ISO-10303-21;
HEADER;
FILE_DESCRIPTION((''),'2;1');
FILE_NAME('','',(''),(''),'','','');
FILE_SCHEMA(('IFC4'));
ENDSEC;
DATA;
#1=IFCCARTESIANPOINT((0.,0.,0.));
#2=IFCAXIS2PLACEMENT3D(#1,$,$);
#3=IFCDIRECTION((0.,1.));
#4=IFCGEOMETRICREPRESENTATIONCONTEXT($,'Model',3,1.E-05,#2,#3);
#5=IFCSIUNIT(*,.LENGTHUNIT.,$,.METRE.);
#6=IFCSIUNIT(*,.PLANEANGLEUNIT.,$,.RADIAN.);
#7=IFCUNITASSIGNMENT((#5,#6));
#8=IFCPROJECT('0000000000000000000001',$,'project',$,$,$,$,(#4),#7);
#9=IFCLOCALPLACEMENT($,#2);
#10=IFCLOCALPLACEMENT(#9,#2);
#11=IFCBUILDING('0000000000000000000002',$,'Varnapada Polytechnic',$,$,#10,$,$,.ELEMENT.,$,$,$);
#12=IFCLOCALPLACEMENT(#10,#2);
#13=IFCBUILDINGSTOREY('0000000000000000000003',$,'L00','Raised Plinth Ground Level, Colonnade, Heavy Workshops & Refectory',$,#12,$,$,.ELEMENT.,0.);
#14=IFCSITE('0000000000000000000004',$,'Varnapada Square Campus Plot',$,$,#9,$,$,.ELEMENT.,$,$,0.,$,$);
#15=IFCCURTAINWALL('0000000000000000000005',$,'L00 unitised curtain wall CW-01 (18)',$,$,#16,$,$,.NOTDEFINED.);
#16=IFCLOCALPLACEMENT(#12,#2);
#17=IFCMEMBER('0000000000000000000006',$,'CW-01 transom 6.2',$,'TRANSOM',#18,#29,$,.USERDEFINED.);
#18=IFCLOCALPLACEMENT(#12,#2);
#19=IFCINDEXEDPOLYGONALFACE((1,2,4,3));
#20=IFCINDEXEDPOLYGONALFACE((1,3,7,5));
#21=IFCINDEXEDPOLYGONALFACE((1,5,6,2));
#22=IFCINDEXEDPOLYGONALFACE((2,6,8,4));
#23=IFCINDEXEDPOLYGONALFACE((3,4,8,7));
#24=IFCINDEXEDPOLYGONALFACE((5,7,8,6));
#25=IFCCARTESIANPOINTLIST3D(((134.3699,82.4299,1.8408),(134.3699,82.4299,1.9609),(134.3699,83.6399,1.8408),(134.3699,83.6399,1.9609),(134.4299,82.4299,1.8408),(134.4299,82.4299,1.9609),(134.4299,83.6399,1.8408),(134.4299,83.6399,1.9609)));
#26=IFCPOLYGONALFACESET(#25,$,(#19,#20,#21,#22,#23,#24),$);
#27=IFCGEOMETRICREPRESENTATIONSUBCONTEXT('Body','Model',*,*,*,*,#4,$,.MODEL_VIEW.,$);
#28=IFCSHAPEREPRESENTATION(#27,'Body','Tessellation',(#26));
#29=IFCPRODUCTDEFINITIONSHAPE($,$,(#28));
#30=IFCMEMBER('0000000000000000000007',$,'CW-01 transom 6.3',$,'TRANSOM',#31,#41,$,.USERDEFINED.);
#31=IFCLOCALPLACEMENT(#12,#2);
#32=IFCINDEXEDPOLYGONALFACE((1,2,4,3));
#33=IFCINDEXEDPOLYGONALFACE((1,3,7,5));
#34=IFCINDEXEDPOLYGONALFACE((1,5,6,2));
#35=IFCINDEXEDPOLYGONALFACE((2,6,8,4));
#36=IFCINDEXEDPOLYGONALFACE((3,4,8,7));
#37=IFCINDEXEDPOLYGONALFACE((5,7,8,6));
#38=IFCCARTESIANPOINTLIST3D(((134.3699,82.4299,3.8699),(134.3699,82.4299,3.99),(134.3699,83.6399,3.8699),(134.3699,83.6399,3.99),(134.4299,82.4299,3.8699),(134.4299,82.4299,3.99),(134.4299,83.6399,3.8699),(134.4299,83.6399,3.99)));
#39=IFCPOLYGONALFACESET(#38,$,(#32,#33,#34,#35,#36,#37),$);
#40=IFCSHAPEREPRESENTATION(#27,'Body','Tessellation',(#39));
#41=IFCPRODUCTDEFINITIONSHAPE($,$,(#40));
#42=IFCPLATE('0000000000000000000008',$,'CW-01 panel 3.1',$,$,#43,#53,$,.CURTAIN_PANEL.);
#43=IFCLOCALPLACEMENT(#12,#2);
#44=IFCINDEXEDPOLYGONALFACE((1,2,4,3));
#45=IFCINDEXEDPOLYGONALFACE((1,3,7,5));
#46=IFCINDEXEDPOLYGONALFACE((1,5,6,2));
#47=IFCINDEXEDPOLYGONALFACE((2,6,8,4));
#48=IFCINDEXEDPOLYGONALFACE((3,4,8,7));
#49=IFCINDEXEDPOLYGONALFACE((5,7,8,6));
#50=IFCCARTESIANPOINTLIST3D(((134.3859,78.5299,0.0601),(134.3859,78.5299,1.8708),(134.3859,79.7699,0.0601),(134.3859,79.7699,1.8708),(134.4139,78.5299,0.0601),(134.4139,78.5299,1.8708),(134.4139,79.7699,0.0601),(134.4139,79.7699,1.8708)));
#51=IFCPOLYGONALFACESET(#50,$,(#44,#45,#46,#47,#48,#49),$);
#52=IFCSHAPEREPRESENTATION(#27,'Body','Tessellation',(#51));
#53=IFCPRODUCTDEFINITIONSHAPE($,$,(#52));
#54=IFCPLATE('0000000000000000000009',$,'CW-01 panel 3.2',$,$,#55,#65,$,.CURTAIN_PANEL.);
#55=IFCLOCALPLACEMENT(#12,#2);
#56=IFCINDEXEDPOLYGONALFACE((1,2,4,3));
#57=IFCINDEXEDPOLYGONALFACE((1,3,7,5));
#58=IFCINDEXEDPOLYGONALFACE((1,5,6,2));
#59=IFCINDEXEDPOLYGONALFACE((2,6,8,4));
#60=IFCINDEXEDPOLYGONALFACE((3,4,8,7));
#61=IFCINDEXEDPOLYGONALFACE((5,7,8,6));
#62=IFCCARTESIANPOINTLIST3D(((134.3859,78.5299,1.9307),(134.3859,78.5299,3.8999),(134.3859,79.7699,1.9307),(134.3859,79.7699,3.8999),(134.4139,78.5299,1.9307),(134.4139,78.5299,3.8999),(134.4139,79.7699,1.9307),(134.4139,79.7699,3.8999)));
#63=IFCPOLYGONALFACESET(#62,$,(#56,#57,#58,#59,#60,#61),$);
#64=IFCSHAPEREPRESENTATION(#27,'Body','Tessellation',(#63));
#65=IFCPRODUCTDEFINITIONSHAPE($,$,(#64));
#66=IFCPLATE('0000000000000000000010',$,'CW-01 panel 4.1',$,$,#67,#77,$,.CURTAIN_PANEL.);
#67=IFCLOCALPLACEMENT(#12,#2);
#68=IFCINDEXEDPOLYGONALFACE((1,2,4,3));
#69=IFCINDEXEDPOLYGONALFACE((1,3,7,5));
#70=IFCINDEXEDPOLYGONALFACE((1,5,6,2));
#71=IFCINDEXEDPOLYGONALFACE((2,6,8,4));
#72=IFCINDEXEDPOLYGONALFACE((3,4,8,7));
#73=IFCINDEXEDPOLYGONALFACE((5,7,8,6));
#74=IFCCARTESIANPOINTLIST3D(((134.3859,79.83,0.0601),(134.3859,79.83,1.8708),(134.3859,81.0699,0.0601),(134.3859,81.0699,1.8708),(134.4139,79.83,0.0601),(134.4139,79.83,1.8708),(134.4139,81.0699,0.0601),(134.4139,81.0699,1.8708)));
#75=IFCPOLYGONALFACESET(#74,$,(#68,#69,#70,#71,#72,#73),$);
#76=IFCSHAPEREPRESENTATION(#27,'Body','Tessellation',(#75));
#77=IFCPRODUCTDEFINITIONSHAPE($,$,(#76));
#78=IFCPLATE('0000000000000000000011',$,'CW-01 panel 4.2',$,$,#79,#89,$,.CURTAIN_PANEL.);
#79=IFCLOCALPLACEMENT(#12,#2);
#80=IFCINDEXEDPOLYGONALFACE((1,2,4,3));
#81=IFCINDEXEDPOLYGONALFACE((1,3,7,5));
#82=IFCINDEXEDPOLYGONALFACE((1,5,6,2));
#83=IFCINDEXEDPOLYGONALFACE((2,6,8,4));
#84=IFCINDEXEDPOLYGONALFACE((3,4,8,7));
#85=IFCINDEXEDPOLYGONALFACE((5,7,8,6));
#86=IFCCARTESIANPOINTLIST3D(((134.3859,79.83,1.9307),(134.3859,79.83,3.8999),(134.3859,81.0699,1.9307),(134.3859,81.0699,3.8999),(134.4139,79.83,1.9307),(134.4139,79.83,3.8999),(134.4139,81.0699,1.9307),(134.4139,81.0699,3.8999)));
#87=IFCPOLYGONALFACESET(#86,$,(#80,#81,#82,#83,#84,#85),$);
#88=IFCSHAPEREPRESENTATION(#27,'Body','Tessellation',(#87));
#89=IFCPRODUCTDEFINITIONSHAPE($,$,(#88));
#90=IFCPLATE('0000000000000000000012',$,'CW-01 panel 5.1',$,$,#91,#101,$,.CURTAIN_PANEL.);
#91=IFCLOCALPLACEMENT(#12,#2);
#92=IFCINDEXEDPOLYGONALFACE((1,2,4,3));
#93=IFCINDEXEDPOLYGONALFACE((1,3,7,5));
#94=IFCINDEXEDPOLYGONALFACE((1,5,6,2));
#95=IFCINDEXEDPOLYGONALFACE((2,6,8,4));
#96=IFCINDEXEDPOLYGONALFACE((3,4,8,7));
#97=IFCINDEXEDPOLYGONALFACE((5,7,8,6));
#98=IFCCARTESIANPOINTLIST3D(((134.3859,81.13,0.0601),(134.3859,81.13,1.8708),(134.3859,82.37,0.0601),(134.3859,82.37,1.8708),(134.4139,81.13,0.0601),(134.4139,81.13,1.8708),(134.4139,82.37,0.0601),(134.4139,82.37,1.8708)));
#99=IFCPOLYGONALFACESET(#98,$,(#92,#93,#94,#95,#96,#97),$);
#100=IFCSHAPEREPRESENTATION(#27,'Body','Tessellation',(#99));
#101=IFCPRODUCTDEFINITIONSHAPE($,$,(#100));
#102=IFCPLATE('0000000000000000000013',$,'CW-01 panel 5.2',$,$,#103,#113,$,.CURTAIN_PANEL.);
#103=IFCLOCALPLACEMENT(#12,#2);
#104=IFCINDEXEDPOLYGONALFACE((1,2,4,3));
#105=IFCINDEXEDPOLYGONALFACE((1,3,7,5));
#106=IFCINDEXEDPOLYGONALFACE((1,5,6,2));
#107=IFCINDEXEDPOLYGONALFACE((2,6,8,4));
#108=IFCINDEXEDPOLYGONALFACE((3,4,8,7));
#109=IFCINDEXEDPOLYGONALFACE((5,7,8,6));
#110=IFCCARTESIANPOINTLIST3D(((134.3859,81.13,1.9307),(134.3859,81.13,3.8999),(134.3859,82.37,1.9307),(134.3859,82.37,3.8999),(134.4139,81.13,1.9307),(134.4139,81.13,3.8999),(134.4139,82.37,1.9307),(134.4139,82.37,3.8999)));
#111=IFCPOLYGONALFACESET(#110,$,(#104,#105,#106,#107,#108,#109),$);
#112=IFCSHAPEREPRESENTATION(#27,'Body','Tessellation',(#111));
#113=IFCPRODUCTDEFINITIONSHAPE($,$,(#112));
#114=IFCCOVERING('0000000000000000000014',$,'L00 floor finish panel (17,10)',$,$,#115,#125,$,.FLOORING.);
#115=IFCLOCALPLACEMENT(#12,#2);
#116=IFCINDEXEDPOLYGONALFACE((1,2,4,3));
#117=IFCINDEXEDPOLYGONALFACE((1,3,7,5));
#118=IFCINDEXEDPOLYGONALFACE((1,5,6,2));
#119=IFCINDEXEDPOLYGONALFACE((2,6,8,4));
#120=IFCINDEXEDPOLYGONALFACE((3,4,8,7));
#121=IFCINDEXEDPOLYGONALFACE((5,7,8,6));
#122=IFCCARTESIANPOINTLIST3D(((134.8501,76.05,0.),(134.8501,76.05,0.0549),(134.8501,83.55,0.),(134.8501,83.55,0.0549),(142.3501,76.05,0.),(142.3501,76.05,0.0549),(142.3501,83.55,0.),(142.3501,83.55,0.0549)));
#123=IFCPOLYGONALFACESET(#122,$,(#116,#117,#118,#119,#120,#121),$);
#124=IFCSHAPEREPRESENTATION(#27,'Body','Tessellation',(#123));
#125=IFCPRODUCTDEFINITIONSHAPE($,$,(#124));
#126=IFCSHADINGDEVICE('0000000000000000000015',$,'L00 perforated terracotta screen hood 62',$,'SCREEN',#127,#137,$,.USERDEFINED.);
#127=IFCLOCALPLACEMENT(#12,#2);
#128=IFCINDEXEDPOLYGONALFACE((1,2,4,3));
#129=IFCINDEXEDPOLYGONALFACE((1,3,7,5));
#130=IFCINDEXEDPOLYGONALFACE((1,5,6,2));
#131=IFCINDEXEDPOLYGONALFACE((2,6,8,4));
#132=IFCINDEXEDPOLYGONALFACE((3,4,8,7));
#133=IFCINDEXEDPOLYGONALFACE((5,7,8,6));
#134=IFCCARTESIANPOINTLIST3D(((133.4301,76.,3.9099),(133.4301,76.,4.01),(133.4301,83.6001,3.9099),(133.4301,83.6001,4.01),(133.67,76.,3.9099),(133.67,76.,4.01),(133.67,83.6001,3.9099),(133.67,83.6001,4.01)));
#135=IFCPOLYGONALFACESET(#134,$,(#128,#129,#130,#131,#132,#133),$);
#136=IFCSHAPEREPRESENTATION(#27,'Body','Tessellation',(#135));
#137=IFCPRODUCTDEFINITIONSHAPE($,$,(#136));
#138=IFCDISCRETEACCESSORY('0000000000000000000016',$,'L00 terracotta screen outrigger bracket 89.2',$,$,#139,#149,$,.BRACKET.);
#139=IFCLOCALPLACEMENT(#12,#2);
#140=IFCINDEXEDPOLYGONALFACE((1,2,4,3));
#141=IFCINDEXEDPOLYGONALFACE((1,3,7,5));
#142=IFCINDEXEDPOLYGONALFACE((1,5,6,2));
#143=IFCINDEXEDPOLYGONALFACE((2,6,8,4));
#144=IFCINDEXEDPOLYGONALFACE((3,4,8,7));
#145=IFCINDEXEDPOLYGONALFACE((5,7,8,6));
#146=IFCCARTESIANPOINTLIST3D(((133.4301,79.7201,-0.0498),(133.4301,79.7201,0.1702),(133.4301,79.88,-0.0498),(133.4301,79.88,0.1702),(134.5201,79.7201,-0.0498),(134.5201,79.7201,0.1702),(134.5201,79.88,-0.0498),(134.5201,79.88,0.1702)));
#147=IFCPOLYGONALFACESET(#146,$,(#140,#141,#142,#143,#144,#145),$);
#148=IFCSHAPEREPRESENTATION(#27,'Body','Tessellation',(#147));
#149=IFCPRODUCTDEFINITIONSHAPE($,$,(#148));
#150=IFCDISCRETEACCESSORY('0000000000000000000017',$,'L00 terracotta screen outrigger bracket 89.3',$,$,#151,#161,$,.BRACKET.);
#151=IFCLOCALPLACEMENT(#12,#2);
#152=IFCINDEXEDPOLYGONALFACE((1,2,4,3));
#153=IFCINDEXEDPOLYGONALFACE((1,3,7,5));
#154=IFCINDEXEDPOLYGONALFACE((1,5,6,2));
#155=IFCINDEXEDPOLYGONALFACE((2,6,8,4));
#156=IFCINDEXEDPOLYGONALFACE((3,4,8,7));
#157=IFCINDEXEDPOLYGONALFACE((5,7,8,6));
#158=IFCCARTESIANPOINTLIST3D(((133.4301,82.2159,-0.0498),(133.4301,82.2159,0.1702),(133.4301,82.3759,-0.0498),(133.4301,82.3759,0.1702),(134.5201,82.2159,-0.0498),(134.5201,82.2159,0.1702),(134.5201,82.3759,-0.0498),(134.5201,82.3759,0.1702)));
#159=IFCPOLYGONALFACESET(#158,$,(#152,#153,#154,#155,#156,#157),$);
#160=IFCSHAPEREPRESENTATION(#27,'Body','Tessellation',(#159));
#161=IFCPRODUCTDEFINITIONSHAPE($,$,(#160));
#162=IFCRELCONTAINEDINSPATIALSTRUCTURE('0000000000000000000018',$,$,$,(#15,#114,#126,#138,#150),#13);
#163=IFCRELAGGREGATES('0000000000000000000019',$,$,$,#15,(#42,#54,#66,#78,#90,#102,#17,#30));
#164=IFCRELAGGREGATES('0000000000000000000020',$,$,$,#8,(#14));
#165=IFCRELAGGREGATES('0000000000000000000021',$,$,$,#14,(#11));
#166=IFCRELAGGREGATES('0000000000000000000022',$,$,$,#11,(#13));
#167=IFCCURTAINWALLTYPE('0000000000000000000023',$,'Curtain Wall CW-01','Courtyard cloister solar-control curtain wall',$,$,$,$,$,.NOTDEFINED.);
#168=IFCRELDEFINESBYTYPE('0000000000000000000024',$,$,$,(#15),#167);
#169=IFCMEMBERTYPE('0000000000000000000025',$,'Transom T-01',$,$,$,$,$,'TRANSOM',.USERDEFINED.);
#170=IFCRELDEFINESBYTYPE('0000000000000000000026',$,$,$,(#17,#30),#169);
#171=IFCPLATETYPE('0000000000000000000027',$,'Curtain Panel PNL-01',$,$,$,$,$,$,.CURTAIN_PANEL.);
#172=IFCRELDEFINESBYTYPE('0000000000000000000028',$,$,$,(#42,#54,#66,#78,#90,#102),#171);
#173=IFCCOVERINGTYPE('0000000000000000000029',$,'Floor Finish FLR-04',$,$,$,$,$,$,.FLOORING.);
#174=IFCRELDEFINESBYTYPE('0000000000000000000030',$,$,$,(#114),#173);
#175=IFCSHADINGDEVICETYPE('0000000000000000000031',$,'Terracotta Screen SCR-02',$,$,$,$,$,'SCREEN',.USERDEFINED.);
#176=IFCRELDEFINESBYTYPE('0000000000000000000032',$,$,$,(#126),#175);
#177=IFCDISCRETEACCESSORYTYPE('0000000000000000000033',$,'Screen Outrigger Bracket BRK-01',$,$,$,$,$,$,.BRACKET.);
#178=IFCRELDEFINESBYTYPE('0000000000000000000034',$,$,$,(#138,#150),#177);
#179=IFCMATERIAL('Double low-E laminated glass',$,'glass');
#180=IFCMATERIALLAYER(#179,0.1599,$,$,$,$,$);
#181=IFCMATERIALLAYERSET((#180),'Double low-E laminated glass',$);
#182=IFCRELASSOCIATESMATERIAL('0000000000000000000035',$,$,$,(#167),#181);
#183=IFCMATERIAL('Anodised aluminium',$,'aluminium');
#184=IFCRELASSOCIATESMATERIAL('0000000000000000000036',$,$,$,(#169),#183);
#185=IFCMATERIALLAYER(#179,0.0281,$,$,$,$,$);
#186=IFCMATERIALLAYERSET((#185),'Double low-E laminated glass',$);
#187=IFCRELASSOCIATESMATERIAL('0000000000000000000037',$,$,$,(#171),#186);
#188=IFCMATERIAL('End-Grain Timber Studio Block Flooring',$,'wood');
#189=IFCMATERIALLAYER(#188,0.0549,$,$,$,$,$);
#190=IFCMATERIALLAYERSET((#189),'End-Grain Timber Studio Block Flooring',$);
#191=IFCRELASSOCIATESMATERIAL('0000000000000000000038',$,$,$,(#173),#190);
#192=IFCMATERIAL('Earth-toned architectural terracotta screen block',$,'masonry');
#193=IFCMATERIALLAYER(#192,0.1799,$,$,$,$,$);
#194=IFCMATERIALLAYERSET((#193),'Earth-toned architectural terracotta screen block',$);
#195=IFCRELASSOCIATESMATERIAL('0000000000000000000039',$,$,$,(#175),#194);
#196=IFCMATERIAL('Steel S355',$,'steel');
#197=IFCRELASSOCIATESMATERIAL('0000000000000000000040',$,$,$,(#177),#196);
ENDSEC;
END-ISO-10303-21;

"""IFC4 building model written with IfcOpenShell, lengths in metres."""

from ifc_helpers import new_model, si_unit, direction, frame, origin, origin_2d, place, context, subcontext, project, spatial, rectangle, extrude, material, layer, layer_set, material_profile, profile_set, type_object, element, aggregate, save


model = new_model("IFC4")

# Units and contexts
model_context = context("Model", 3, precision=1e-05, world=origin(), true_north=direction((0.0, 1.0)))
body_context = subcontext(model_context, "Body", "Model", "MODEL_VIEW")
ifc_project = project(units=[si_unit("LENGTHUNIT", "METRE"), si_unit("PLANEANGLEUNIT", "RADIAN")], contexts=[model_context])

# Site, building, storey
site_placement = place(None, origin())
site = spatial("IfcSite", under=ifc_project, at=site_placement, Name="Varnapada Square Campus Plot", CompositionType="ELEMENT", RefElevation=0.0)
building_placement = place(site_placement, origin())
building = spatial("IfcBuilding", under=site, at=building_placement, Name="Varnapada Polytechnic", CompositionType="ELEMENT")
storey_placement = place(building_placement, origin())
storey = spatial("IfcBuildingStorey", under=building, at=storey_placement, Name="L00", Description="Raised Plinth Ground Level, Colonnade, Heavy Workshops & Refectory", CompositionType="ELEMENT", Elevation=0.0)

# Curtain wall, members, plates
ifc_material_1 = material(Name="Double low-E laminated glass", Category="glass")
ifc_layer_1 = layer(ifc_material_1, 0.1599)
ifc_layer_set_1 = layer_set([ifc_layer_1], Name="Double low-E laminated glass")
curtain_wall_type = type_object("IfcCurtainWallType", Name="Curtain Wall CW-01", Description="Courtyard cloister solar-control curtain wall", PredefinedType="NOTDEFINED", material=ifc_layer_set_1)
curtain_wall_placement = place(storey_placement, origin())
curtain_wall = element("IfcCurtainWall", 1, at=curtain_wall_placement, inside=storey, type_object=curtain_wall_type, Name="L00 unitised curtain wall CW-01 (18)", PredefinedType="NOTDEFINED")
ifc_material_2 = material(Name="Anodised aluminium", Category="aluminium")
ifc_material_profile_1 = material_profile(ifc_material_2, rectangle(XDim=0.0601, YDim=0.1201, at=origin_2d()), Name="ALU T60x120")
ifc_profile_set_1 = profile_set([ifc_material_profile_1], Name="Anodised aluminium")
member_type_1 = type_object("IfcMemberType", Name="Transom T-01", ElementType="TRANSOM", PredefinedType="USERDEFINED", material=ifc_profile_set_1)
member_1_placement = place(storey_placement, frame((134.3999, 82.4299, 1.9009), z_axis=(0.0, 1.0, 0.0), x_axis=(-1.0, 0.0, 0.0)))
member_1 = element("IfcMember", 2, at=member_1_placement, type_object=member_type_1, Name="CW-01 transom 6.2", ObjectType="TRANSOM", PredefinedType="USERDEFINED", context=body_context, shape_type="SweptSolid", body=[
    extrude(rectangle(XDim=0.0601, YDim=0.1201, at=origin_2d()), origin(), (0.0, 0.0, 1.0), 1.21),
])
member_2_placement = place(storey_placement, frame((134.3999, 82.4299, 3.9299), z_axis=(0.0, 1.0, 0.0), x_axis=(-1.0, 0.0, 0.0)))
member_2 = element("IfcMember", 3, at=member_2_placement, type_object=member_type_1, Name="CW-01 transom 6.3", ObjectType="TRANSOM", PredefinedType="USERDEFINED", context=body_context, shape_type="SweptSolid", body=[
    extrude(rectangle(XDim=0.0601, YDim=0.1201, at=origin_2d()), origin(), (0.0, 0.0, 1.0), 1.21),
])
ifc_layer_2 = layer(ifc_material_1, 0.0281)
ifc_layer_set_2 = layer_set([ifc_layer_2], Name="Double low-E laminated glass")
plate_type = type_object("IfcPlateType", Name="Curtain Panel PNL-01", PredefinedType="CURTAIN_PANEL", material=ifc_layer_set_2)
plate_1_placement = place(storey_placement, frame((134.3999, 79.1499, 0.0601), z_axis=(0.0, 0.0, 1.0), x_axis=(0.0, 1.0, 0.0)))
plate_1 = element("IfcPlate", 4, at=plate_1_placement, type_object=plate_type, Name="CW-01 panel 3.1", PredefinedType="CURTAIN_PANEL", context=body_context, shape_type="SweptSolid", body=[
    extrude(rectangle(XDim=1.24, YDim=0.0281, at=origin_2d()), origin(), (0.0, 0.0, 1.0), 1.8108),
])
plate_2_placement = place(storey_placement, frame((134.3999, 79.1499, 1.9307), z_axis=(0.0, 0.0, 1.0), x_axis=(0.0, 1.0, 0.0)))
plate_2 = element("IfcPlate", 5, at=plate_2_placement, type_object=plate_type, Name="CW-01 panel 3.2", PredefinedType="CURTAIN_PANEL", context=body_context, shape_type="SweptSolid", body=[
    extrude(rectangle(XDim=1.24, YDim=0.0281, at=origin_2d()), origin(), (0.0, 0.0, 1.0), 1.9692),
])
plate_3_placement = place(storey_placement, frame((134.3999, 80.45, 0.0601), z_axis=(0.0, 0.0, 1.0), x_axis=(0.0, 1.0, 0.0)))
plate_3 = element("IfcPlate", 6, at=plate_3_placement, type_object=plate_type, Name="CW-01 panel 4.1", PredefinedType="CURTAIN_PANEL", context=body_context, shape_type="SweptSolid", body=[
    extrude(rectangle(XDim=1.24, YDim=0.0281, at=origin_2d()), origin(), (0.0, 0.0, 1.0), 1.8108),
])
plate_4_placement = place(storey_placement, frame((134.3999, 80.45, 1.9307), z_axis=(0.0, 0.0, 1.0), x_axis=(0.0, 1.0, 0.0)))
plate_4 = element("IfcPlate", 7, at=plate_4_placement, type_object=plate_type, Name="CW-01 panel 4.2", PredefinedType="CURTAIN_PANEL", context=body_context, shape_type="SweptSolid", body=[
    extrude(rectangle(XDim=1.24, YDim=0.0281, at=origin_2d()), origin(), (0.0, 0.0, 1.0), 1.9692),
])
plate_5_placement = place(storey_placement, frame((134.3999, 81.75, 0.0601), z_axis=(0.0, 0.0, 1.0), x_axis=(0.0, 1.0, 0.0)))
plate_5 = element("IfcPlate", 8, at=plate_5_placement, type_object=plate_type, Name="CW-01 panel 5.1", PredefinedType="CURTAIN_PANEL", context=body_context, shape_type="SweptSolid", body=[
    extrude(rectangle(XDim=1.24, YDim=0.0281, at=origin_2d()), origin(), (0.0, 0.0, 1.0), 1.8108),
])
plate_6_placement = place(storey_placement, frame((134.3999, 81.75, 1.9307), z_axis=(0.0, 0.0, 1.0), x_axis=(0.0, 1.0, 0.0)))
plate_6 = element("IfcPlate", 9, at=plate_6_placement, type_object=plate_type, Name="CW-01 panel 5.2", PredefinedType="CURTAIN_PANEL", context=body_context, shape_type="SweptSolid", body=[
    extrude(rectangle(XDim=1.24, YDim=0.0281, at=origin_2d()), origin(), (0.0, 0.0, 1.0), 1.9692),
])
aggregate(curtain_wall, [plate_1, plate_2, plate_3, plate_4, plate_5, plate_6, member_1, member_2])

# Covering
ifc_material_3 = material(Name="End-Grain Timber Studio Block Flooring", Category="wood")
ifc_layer_3 = layer(ifc_material_3, 0.0549)
ifc_layer_set_3 = layer_set([ifc_layer_3], Name="End-Grain Timber Studio Block Flooring")
covering_type = type_object("IfcCoveringType", Name="Floor Finish FLR-04", PredefinedType="FLOORING", material=ifc_layer_set_3)
covering_placement = place(storey_placement, frame((138.6001, 79.8, 0.0), z_axis=(0.0, 0.0, 1.0), x_axis=(1.0, 0.0, 0.0)))
element("IfcCovering", 10, at=covering_placement, inside=storey, type_object=covering_type, Name="L00 floor finish panel (17,10)", PredefinedType="FLOORING", context=body_context, shape_type="SweptSolid", body=[
    extrude(rectangle(XDim=7.5, YDim=7.5, at=origin_2d()), origin(), (0.0, 0.0, 1.0), 0.0549),
])

# Shading device
ifc_material_4 = material(Name="Earth-toned architectural terracotta screen block", Category="masonry")
ifc_layer_4 = layer(ifc_material_4, 0.1799)
ifc_layer_set_4 = layer_set([ifc_layer_4], Name="Earth-toned architectural terracotta screen block")
shading_device_type = type_object("IfcShadingDeviceType", Name="Terracotta Screen SCR-02", ElementType="SCREEN", PredefinedType="USERDEFINED", material=ifc_layer_set_4)
shading_device_placement = place(storey_placement, frame((133.55, 79.8, 3.9099), z_axis=(0.0, 0.0, 1.0), x_axis=(0.0, 1.0, 0.0)))
element("IfcShadingDevice", 11, at=shading_device_placement, inside=storey, type_object=shading_device_type, Name="L00 perforated terracotta screen hood 62", ObjectType="SCREEN", PredefinedType="USERDEFINED", context=body_context, shape_type="SweptSolid", body=[
    extrude(rectangle(XDim=7.6001, YDim=0.24, at=origin_2d()), origin(), (0.0, 0.0, 1.0), 0.1001),
])

# Discrete accessories
ifc_material_5 = material(Name="Steel S355", Category="steel")
discrete_accessory_type = type_object("IfcDiscreteAccessoryType", Name="Screen Outrigger Bracket BRK-01", PredefinedType="BRACKET", material=ifc_material_5)
for number, where, z_axis, x_axis, name in (
    (12, (133.9751, 79.8, -0.0498), (0.0, 0.0, 1.0), (0.0, 1.0, 0.0), "L00 terracotta screen outrigger bracket 89.2"),
    (13, (133.9751, 82.2959, -0.0498), (0.0, 0.0, 1.0), (0.0, 1.0, 0.0), "L00 terracotta screen outrigger bracket 89.3"),
):
    element("IfcDiscreteAccessory", number, at=place(storey_placement, frame(where, z_axis=z_axis, x_axis=x_axis)), inside=storey, type_object=discrete_accessory_type, Name=name, PredefinedType="BRACKET", context=body_context, shape_type="SweptSolid", body=[
        extrude(rectangle(XDim=0.1599, YDim=1.0901, at=origin_2d()), origin(), (0.0, 0.0, 1.0), 0.22),
    ])

save(model, "model.ifc")
